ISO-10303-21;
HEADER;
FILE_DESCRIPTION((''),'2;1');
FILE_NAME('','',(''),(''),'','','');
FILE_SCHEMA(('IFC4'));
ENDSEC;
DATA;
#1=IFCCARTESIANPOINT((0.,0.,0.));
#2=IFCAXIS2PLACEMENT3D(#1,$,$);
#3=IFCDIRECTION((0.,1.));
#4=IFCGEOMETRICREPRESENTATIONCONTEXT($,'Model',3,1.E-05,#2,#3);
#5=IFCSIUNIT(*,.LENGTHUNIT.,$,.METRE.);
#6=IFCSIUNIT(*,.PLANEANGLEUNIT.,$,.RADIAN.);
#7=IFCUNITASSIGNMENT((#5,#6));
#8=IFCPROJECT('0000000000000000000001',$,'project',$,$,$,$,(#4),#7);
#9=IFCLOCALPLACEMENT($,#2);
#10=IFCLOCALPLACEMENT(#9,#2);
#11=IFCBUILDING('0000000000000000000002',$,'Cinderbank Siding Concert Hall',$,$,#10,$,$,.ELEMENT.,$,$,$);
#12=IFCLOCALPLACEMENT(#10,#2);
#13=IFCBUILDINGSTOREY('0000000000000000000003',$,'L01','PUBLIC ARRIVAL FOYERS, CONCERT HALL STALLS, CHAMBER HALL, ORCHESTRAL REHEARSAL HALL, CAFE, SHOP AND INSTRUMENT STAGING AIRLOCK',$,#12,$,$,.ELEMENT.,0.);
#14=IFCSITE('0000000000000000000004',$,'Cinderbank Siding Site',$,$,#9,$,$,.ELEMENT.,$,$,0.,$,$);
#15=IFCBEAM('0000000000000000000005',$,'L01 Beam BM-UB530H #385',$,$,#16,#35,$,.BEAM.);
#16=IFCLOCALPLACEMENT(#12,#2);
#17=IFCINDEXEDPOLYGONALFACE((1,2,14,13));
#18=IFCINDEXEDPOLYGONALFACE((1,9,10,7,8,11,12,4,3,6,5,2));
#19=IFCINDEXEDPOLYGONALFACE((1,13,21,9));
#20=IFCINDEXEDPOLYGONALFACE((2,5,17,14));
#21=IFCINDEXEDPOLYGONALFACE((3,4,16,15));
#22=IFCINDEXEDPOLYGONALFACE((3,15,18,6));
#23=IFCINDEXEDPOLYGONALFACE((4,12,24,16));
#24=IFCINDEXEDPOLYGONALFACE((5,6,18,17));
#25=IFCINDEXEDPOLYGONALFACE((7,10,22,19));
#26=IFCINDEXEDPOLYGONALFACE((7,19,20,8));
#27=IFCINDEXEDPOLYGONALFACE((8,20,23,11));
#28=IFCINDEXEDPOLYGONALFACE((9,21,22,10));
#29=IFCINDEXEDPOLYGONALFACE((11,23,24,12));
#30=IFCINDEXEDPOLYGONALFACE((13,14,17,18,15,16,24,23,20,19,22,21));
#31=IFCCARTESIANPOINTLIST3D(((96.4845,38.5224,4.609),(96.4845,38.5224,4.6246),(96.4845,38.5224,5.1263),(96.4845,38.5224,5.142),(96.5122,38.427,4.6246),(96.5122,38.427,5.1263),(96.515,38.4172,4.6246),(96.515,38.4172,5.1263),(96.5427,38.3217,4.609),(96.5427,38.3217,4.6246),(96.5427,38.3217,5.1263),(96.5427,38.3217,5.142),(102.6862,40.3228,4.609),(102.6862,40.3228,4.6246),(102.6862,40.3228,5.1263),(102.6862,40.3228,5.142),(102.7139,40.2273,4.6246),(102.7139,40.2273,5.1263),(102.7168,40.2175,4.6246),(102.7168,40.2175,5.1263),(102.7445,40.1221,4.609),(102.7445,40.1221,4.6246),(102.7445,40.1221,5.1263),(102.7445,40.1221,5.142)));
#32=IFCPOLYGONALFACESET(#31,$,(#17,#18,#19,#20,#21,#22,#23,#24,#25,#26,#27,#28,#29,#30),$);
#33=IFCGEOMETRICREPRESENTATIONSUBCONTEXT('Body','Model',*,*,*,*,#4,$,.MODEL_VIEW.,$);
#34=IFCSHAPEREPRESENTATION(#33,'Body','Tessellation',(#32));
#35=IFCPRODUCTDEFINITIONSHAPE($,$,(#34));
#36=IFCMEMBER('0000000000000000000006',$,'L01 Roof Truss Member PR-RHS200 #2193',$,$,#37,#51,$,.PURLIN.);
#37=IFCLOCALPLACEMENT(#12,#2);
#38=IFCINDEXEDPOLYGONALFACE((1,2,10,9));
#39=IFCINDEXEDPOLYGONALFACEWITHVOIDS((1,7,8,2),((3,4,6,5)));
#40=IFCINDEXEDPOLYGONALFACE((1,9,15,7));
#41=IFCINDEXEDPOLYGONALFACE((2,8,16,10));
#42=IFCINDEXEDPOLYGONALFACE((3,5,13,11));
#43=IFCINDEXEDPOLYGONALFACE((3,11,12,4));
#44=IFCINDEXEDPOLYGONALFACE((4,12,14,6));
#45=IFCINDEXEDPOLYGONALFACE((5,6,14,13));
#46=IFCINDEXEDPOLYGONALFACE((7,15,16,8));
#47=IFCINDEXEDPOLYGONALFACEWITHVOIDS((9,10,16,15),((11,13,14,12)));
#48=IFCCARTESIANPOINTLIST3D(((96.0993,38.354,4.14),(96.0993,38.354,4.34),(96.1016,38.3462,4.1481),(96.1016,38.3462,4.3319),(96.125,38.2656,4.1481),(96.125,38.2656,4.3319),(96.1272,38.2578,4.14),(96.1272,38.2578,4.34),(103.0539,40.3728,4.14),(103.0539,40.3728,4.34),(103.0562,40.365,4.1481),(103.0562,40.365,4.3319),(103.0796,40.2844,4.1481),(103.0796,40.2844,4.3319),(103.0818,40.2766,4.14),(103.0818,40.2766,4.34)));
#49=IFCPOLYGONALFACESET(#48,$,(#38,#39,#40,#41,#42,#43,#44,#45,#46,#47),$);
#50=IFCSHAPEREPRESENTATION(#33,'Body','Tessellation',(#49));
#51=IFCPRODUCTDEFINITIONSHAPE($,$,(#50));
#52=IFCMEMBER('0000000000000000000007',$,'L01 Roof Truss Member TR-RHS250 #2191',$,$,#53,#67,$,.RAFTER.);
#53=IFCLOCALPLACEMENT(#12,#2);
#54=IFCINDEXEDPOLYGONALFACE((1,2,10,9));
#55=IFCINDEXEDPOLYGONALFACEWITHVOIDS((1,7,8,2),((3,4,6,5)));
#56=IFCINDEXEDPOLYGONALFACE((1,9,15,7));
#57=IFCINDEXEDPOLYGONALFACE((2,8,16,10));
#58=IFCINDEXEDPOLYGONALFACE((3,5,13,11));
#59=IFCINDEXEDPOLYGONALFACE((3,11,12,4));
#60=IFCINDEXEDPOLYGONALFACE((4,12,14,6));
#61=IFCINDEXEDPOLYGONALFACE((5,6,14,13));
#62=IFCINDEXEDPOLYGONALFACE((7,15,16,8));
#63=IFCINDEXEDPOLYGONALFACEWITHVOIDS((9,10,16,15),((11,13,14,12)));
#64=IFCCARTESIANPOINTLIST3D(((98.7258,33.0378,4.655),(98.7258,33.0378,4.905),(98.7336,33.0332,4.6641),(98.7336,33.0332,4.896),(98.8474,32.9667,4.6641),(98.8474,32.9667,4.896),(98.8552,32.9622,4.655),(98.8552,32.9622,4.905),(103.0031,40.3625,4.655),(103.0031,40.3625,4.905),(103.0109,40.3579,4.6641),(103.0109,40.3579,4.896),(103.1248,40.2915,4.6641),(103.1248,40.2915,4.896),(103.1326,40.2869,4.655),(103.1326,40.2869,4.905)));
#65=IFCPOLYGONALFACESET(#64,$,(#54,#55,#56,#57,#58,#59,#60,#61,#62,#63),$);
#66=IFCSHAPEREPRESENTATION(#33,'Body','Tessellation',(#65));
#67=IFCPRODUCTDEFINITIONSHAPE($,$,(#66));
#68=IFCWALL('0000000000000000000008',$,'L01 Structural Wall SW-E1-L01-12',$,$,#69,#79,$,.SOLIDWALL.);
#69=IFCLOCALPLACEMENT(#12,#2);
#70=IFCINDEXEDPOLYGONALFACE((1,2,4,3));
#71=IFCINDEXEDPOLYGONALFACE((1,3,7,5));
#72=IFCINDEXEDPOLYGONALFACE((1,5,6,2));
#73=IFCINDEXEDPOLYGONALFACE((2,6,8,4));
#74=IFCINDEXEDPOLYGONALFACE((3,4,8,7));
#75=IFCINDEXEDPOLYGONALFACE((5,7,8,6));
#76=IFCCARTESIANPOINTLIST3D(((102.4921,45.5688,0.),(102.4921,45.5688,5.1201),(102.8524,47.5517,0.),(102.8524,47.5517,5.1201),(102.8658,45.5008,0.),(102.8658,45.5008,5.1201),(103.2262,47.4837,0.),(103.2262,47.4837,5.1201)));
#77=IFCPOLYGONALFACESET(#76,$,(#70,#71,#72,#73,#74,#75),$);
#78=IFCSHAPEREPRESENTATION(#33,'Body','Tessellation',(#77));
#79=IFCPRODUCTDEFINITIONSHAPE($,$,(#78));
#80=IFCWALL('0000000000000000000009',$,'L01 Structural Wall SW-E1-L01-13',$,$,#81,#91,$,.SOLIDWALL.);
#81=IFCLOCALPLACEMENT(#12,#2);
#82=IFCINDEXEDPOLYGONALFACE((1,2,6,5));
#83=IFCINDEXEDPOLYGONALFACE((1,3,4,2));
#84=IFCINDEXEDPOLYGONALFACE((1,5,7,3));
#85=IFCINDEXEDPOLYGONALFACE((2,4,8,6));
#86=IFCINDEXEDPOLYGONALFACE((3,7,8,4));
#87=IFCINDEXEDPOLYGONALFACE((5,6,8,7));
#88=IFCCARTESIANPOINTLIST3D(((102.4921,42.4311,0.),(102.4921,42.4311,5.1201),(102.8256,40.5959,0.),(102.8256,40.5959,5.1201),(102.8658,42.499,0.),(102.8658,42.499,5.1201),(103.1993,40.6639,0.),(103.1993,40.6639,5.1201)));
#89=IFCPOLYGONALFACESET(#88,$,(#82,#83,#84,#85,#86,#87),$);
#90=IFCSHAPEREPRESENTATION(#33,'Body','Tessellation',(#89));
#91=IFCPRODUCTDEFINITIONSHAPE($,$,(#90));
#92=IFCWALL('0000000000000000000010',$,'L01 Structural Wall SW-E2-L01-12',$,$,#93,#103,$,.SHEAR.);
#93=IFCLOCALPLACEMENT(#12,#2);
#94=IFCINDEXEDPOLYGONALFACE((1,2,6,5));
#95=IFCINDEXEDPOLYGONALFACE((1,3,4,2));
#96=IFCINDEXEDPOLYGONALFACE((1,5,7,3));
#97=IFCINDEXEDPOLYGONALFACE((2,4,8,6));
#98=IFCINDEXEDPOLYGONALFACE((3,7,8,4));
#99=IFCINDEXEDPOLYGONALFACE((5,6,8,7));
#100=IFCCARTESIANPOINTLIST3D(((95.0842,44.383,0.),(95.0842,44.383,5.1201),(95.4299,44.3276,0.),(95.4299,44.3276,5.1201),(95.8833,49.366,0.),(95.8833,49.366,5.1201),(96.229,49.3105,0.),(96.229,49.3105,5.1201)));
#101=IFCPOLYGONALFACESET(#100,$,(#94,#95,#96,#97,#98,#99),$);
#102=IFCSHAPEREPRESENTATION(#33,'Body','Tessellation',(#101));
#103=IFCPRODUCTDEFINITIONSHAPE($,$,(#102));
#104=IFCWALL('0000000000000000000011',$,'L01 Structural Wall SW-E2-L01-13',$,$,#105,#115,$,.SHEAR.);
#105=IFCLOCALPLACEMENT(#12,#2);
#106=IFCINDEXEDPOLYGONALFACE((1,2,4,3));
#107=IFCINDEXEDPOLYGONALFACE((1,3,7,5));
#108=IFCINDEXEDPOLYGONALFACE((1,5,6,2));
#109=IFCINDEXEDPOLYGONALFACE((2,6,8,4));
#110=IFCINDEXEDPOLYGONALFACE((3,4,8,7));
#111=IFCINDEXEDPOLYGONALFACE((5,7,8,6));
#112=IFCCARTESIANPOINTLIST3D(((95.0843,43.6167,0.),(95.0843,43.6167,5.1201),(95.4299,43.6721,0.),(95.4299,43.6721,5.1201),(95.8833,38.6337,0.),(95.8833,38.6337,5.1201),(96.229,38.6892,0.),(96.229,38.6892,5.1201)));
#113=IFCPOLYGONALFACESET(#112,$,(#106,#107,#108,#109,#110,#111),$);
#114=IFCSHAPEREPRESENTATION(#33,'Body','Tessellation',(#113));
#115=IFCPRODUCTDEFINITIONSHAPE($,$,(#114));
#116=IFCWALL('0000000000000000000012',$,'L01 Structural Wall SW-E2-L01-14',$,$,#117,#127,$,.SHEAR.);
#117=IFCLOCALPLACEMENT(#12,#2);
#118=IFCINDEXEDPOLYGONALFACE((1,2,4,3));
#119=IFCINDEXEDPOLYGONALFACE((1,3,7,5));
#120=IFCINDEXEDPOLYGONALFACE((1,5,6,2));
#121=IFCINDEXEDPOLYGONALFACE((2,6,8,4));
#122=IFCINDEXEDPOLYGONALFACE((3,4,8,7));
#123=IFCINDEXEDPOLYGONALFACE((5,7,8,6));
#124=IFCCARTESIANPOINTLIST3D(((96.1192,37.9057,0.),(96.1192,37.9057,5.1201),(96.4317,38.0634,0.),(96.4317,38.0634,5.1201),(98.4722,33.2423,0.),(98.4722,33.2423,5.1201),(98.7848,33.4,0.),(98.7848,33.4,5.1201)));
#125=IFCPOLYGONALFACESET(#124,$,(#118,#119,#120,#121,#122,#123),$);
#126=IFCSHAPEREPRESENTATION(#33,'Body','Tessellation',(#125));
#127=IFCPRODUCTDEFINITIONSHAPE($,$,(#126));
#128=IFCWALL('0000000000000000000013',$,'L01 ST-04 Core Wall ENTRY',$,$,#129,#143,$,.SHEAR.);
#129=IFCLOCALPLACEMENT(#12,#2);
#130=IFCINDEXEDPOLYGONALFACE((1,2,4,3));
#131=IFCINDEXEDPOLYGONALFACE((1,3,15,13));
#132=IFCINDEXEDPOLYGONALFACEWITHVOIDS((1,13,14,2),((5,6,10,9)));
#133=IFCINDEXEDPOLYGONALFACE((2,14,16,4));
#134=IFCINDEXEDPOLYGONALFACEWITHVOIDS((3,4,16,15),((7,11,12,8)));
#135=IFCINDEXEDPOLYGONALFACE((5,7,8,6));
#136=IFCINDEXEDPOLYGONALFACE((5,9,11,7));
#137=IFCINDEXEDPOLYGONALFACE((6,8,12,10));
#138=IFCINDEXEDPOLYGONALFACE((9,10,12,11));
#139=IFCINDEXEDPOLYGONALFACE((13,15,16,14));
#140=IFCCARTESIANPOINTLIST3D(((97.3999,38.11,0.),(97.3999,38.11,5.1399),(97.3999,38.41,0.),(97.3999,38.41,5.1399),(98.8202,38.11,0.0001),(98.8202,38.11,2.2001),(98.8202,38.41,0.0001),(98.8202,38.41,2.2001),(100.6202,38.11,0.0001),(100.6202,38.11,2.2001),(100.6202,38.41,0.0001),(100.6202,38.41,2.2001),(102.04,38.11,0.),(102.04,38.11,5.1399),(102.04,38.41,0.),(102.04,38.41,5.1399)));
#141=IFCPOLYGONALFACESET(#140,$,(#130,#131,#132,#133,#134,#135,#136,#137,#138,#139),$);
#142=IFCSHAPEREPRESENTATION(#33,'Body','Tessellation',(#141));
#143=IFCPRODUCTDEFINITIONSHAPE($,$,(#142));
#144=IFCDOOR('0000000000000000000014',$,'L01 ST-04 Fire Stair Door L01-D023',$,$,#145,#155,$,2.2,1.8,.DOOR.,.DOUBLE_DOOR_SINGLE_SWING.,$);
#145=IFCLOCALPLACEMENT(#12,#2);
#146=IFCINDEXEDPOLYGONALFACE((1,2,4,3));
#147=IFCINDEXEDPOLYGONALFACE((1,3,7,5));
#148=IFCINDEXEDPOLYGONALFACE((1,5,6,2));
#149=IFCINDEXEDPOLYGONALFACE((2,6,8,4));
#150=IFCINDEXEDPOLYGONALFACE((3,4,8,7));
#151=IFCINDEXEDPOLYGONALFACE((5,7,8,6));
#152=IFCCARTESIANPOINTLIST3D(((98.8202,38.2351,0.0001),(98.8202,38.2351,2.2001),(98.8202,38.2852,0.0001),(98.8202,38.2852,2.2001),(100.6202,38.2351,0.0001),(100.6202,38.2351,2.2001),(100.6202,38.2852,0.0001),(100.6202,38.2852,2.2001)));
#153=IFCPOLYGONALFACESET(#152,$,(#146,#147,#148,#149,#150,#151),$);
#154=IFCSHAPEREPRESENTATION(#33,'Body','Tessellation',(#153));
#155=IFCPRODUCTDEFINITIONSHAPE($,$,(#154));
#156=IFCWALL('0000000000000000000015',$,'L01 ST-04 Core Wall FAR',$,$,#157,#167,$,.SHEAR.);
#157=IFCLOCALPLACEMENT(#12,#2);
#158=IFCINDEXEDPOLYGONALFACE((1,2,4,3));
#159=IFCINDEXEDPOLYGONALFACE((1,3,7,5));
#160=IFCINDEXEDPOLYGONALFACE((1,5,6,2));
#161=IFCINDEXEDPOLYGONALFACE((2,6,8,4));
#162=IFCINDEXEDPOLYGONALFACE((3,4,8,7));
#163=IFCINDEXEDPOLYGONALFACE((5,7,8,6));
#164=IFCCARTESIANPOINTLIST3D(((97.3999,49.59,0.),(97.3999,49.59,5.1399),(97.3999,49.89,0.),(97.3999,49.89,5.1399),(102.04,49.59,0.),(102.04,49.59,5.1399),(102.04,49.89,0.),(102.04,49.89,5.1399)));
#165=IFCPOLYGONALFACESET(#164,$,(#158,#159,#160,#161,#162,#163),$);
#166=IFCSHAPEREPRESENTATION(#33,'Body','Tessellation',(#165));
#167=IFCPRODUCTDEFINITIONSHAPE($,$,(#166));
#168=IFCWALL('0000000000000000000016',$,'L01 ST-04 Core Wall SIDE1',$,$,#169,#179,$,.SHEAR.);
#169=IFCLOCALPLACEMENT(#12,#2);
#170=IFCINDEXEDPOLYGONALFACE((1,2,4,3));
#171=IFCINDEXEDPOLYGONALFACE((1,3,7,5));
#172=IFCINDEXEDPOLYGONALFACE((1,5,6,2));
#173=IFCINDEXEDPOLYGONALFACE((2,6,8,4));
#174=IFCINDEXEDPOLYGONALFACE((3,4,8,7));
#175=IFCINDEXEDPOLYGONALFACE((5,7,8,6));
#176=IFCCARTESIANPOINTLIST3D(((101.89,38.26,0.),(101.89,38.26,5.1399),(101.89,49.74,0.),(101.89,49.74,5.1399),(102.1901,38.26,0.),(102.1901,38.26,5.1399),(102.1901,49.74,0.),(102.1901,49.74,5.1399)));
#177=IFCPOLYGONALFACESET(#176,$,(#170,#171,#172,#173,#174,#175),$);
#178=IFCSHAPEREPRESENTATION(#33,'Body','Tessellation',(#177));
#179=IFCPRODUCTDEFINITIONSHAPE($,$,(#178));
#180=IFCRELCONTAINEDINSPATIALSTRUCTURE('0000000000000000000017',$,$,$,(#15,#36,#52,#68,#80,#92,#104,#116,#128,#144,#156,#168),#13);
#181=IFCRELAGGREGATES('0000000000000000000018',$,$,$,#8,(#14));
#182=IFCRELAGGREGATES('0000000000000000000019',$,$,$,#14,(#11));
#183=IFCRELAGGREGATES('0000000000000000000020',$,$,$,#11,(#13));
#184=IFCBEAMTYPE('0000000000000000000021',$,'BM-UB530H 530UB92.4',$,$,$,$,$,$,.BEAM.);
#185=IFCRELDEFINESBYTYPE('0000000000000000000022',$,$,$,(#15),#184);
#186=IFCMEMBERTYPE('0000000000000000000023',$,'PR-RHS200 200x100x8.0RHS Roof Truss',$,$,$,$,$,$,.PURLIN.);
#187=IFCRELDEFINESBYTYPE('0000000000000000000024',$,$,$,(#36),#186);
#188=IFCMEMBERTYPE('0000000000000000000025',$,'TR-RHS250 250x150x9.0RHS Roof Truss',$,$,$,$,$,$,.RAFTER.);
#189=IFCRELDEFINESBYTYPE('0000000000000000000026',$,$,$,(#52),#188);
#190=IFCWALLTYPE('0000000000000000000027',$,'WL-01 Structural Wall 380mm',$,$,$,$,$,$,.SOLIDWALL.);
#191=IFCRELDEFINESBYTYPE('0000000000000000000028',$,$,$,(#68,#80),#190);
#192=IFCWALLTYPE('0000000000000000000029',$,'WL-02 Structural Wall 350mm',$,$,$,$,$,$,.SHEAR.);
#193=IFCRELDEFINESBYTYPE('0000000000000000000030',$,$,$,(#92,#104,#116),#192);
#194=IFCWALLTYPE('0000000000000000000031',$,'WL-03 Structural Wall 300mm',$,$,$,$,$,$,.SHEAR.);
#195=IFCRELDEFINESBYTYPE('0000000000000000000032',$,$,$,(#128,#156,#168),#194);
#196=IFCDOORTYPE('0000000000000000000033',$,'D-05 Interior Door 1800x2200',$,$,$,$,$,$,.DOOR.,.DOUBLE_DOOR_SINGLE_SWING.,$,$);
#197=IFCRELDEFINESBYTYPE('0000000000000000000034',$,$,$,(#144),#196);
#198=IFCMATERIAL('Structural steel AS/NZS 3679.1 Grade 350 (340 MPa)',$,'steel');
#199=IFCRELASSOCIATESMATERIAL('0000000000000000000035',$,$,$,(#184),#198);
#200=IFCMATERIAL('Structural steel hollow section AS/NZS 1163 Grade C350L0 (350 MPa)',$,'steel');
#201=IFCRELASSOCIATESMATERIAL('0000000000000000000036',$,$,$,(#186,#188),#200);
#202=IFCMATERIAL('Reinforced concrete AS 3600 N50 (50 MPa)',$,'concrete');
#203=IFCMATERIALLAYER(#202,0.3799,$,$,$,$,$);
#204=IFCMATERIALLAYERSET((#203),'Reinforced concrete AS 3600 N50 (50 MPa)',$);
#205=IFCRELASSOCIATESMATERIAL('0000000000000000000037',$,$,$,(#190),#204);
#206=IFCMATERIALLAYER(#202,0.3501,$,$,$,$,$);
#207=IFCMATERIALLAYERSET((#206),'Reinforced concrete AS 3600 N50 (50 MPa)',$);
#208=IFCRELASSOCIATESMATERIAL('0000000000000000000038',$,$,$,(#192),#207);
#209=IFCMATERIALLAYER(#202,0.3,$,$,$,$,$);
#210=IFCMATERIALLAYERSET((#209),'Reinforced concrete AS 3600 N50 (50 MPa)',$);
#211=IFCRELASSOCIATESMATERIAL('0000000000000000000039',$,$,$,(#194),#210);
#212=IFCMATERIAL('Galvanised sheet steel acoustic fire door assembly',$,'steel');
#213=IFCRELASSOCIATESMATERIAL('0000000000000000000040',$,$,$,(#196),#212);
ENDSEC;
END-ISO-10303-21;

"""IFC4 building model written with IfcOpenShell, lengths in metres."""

from ifc_helpers import new_model, si_unit, direction, frame, frame_2d, origin, origin_2d, place, context, subcontext, project, spatial, rectangle, hollow_rectangle, i_section, extrude, material, layer, layer_set, material_profile, profile_set, type_object, element, fill, save


model = new_model("IFC4")

# Units and contexts
model_context = context("Model", 3, precision=1e-05, world=origin(), true_north=direction((0.0, 1.0)))
body_context = subcontext(model_context, "Body", "Model", "MODEL_VIEW")
ifc_project = project(units=[si_unit("LENGTHUNIT", "METRE"), si_unit("PLANEANGLEUNIT", "RADIAN")], contexts=[model_context])

# Site, building, storey
site_placement = place(None, origin())
site = spatial("IfcSite", under=ifc_project, at=site_placement, Name="Cinderbank Siding Site", CompositionType="ELEMENT", RefElevation=0.0)
building_placement = place(site_placement, origin())
building = spatial("IfcBuilding", under=site, at=building_placement, Name="Cinderbank Siding Concert Hall", CompositionType="ELEMENT")
storey_placement = place(building_placement, origin())
storey = spatial("IfcBuildingStorey", under=building, at=storey_placement, Name="L01", Description="PUBLIC ARRIVAL FOYERS, CONCERT HALL STALLS, CHAMBER HALL, ORCHESTRAL REHEARSAL HALL, CAFE, SHOP AND INSTRUMENT STAGING AIRLOCK", CompositionType="ELEMENT", Elevation=0.0)

# Shared definitions
ifc_material_1 = material(Name="Reinforced concrete AS 3600 N50 (50 MPa)", Category="concrete")

# Beam
ifc_material_2 = material(Name="Structural steel AS/NZS 3679.1 Grade 350 (340 MPa)", Category="steel")
ifc_material_profile_1 = material_profile(ifc_material_2, i_section(OverallWidth=0.209, OverallDepth=0.533, WebThickness=0.0103, FlangeThickness=0.0156, at=origin_2d()), Name="530UB92.4", Category="LoadBearing")
ifc_profile_set_1 = profile_set([ifc_material_profile_1], Name="Structural steel AS/NZS 3679.1 Grade 350 (340 MPa)")
beam_type_1 = type_object("IfcBeamType", Name="BM-UB530H 530UB92.4", PredefinedType="BEAM", material=ifc_profile_set_1)
beam_placement = place(storey_placement, frame((102.7153, 40.2224, 4.8755), z_axis=(-0.960354, -0.278783, 0.0), x_axis=(0.278783, -0.960354, 0.0)))
element("IfcBeam", 1, at=beam_placement, inside=storey, type_object=beam_type_1, Name="L01 Beam BM-UB530H #385", PredefinedType="BEAM", context=body_context, shape_type="SweptSolid", body=[
    extrude(i_section(OverallWidth=0.209, OverallDepth=0.533, WebThickness=0.0103, FlangeThickness=0.0156, at=origin_2d()), origin(), (0.0, 0.0, 1.0), 6.4578),
])

# Members
ifc_material_3 = material(Name="Structural steel hollow section AS/NZS 1163 Grade C350L0 (350 MPa)", Category="steel")
ifc_material_profile_2 = material_profile(ifc_material_3, hollow_rectangle(XDim=0.1001, YDim=0.2, WallThickness=0.0081, at=origin_2d()), Name="200x100x8.0RHS", Category="LoadBearing")
ifc_profile_set_2 = profile_set([ifc_material_profile_2], Name="Structural steel hollow section AS/NZS 1163 Grade C350L0 (350 MPa)")
member_type_1 = type_object("IfcMemberType", Name="PR-RHS200 200x100x8.0RHS Roof Truss", PredefinedType="PURLIN", material=ifc_profile_set_2)
member_1_placement = place(storey_placement, frame((103.0679, 40.3247, 4.24), z_axis=(-0.960356, -0.278775, 0.0), x_axis=(0.278775, -0.960356, 0.0)))
element("IfcMember", 2, at=member_1_placement, inside=storey, type_object=member_type_1, Name="L01 Roof Truss Member PR-RHS200 #2193", PredefinedType="PURLIN", context=body_context, shape_type="SweptSolid", body=[
    extrude(hollow_rectangle(XDim=0.1001, YDim=0.2, WallThickness=0.0081, at=origin_2d()), origin(), (0.0, 0.0, 1.0), 7.2417),
])
ifc_material_profile_3 = material_profile(ifc_material_3, hollow_rectangle(XDim=0.1499, YDim=0.25, WallThickness=0.009, at=origin_2d()), Name="250x150x9.0RHS", Category="LoadBearing")
ifc_profile_set_3 = profile_set([ifc_material_profile_3], Name="Structural steel hollow section AS/NZS 1163 Grade C350L0 (350 MPa)")
member_type_2 = type_object("IfcMemberType", Name="TR-RHS250 250x150x9.0RHS Roof Truss", PredefinedType="RAFTER", material=ifc_profile_set_3)
member_2_placement = place(storey_placement, frame((103.0679, 40.3247, 4.78), z_axis=(-0.504275, -0.863543, 0.0), x_axis=(0.863543, -0.504275, 0.0)))
element("IfcMember", 3, at=member_2_placement, inside=storey, type_object=member_type_2, Name="L01 Roof Truss Member TR-RHS250 #2191", PredefinedType="RAFTER", context=body_context, shape_type="SweptSolid", body=[
    extrude(hollow_rectangle(XDim=0.1499, YDim=0.25, WallThickness=0.009, at=origin_2d()), origin(), (0.0, 0.0, 1.0), 8.4822),
])

# Walls
ifc_layer_1 = layer(ifc_material_1, 0.3799)
ifc_layer_set_1 = layer_set([ifc_layer_1], Name="Reinforced concrete AS 3600 N50 (50 MPa)")
wall_type_1 = type_object("IfcWallType", Name="WL-01 Structural Wall 380mm", PredefinedType="SOLIDWALL", material=ifc_layer_set_1)
wall_1_placement = place(storey_placement, frame((103.0393, 47.5178, 0.0), z_axis=(0.0, 0.0, 1.0), x_axis=(-0.1788, -0.983885, 0.0)))
element("IfcWall", 4, at=wall_1_placement, inside=storey, type_object=wall_type_1, Name="L01 Structural Wall SW-E1-L01-12", PredefinedType="SOLIDWALL", context=body_context, shape_type="SweptSolid", body=[
    extrude(rectangle(XDim=2.0154, YDim=0.3799, at=frame_2d((1.0078, 0.0))), origin(), (0.0, 0.0, 1.0), 5.1201),
])
wall_2_placement = place(storey_placement, frame((102.679, 42.4651, 0.0), z_axis=(0.0, 0.0, 1.0), x_axis=(0.178793, -0.983887, 0.0)))
element("IfcWall", 5, at=wall_2_placement, inside=storey, type_object=wall_type_1, Name="L01 Structural Wall SW-E1-L01-13", PredefinedType="SOLIDWALL", context=body_context, shape_type="SweptSolid", body=[
    extrude(rectangle(XDim=1.8652, YDim=0.3799, at=frame_2d((0.9326, 0.0))), origin(), (0.0, 0.0, 1.0), 5.1201),
])
ifc_layer_2 = layer(ifc_material_1, 0.3501)
ifc_layer_set_2 = layer_set([ifc_layer_2], Name="Reinforced concrete AS 3600 N50 (50 MPa)")
wall_type_2 = type_object("IfcWallType", Name="WL-02 Structural Wall 350mm", PredefinedType="SHEAR", material=ifc_layer_set_2)
for number, where, z_axis, x_axis, name in (
    (6, (96.0562, 49.3384, 0.0), (0.0, 0.0, 1.0), (-0.15834, -0.987385, 0.0), "L01 Structural Wall SW-E2-L01-12"),
    (7, (95.2571, 43.6445, 0.0), (0.0, 0.0, 1.0), (0.15834, -0.987385, 0.0), "L01 Structural Wall SW-E2-L01-13"),
):
    element("IfcWall", number, at=place(storey_placement, frame(where, z_axis=z_axis, x_axis=x_axis)), inside=storey, type_object=wall_type_2, Name=name, PredefinedType="SHEAR", context=body_context, shape_type="SweptSolid", body=[
        extrude(rectangle(XDim=5.0466, YDim=0.3501, at=frame_2d((2.5234, 0.0))), origin(), (0.0, 0.0, 1.0), 5.1201),
    ])
wall_3_placement = place(storey_placement, frame((96.2754, 37.9846, 0.0), z_axis=(0.0, 0.0, 1.0), x_axis=(0.450482, -0.892785, 0.0)))
element("IfcWall", 8, at=wall_3_placement, inside=storey, type_object=wall_type_2, Name="L01 Structural Wall SW-E2-L01-14", PredefinedType="SHEAR", context=body_context, shape_type="SweptSolid", body=[
    extrude(rectangle(XDim=5.2234, YDim=0.3501, at=frame_2d((2.6118, 0.0))), origin(), (0.0, 0.0, 1.0), 5.1201),
])

# Wall, opening, door
ifc_layer_3 = layer(ifc_material_1, 0.3)
ifc_layer_set_3 = layer_set([ifc_layer_3], Name="Reinforced concrete AS 3600 N50 (50 MPa)")
wall_type_3 = type_object("IfcWallType", Name="WL-03 Structural Wall 300mm", PredefinedType="SHEAR", material=ifc_layer_set_3)
wall_4_placement = place(storey_placement, frame((102.04, 38.26, 0.0), z_axis=(0.0, 0.0, 1.0), x_axis=(-1.0, 0.0, 0.0)))
wall_4 = element("IfcWall", 9, at=wall_4_placement, inside=storey, type_object=wall_type_3, Name="L01 ST-04 Core Wall ENTRY", PredefinedType="SHEAR", context=body_context, shape_type="SweptSolid", body=[
    extrude(rectangle(XDim=4.6401, YDim=0.3, at=frame_2d((2.3201, 0.0))), origin(), (0.0, 0.0, 1.0), 5.1399),
])
opening_placement = place(wall_4_placement, frame((1.4199, 0.0, 0.0)))
opening = element("IfcOpeningElement", 10, at=opening_placement, cuts=wall_4, PredefinedType="OPENING", context=body_context, shape_type="SweptSolid", body=[
    extrude(rectangle(XDim=1.8, YDim=2.2, at=frame_2d((0.8999, 1.1001))), frame((0.0, 0.1621, 0.0), z_axis=(0.0, -1.0, 0.0), x_axis=(1.0, 0.0, 0.0)), (0.0, 0.0, 1.0), 0.324),
])
ifc_material_4 = material(Name="Galvanised sheet steel acoustic fire door assembly", Category="steel")
door_type = type_object("IfcDoorType", Name="D-05 Interior Door 1800x2200", OperationType="DOUBLE_DOOR_SINGLE_SWING", PredefinedType="DOOR", material=ifc_material_4)
door_placement = place(opening_placement, origin())
door = element("IfcDoor", 11, at=door_placement, inside=storey, type_object=door_type, Name="L01 ST-04 Fire Stair Door L01-D023", OperationType="DOUBLE_DOOR_SINGLE_SWING", OverallHeight=2.2, OverallWidth=1.8, PredefinedType="DOOR", context=body_context, shape_type="SweptSolid", body=[
    extrude(rectangle(XDim=1.8, YDim=2.2, at=frame_2d((0.8999, 1.1001))), frame((0.0, 0.0249, 0.0), z_axis=(0.0, -1.0, 0.0), x_axis=(1.0, 0.0, 0.0)), (0.0, 0.0, 1.0), 0.05),
])
fill(opening, door)

# Walls
wall_5_placement = place(storey_placement, frame((97.3999, 49.74, 0.0), z_axis=(0.0, 0.0, 1.0), x_axis=(1.0, 0.0, 0.0)))
element("IfcWall", 12, at=wall_5_placement, inside=storey, type_object=wall_type_3, Name="L01 ST-04 Core Wall FAR", PredefinedType="SHEAR", context=body_context, shape_type="SweptSolid", body=[
    extrude(rectangle(XDim=4.6401, YDim=0.3, at=frame_2d((2.3201, 0.0))), origin(), (0.0, 0.0, 1.0), 5.1399),
])
for number, where, z_axis, x_axis, name in (
    (13, (102.04, 49.74, 0.0), (0.0, 0.0, 1.0), (0.0, -1.0, 0.0), "L01 ST-04 Core Wall SIDE1"),
):
    element("IfcWall", number, at=place(storey_placement, frame(where, z_axis=z_axis, x_axis=x_axis)), inside=storey, type_object=wall_type_3, Name=name, PredefinedType="SHEAR", context=body_context, shape_type="SweptSolid", body=[
        extrude(rectangle(XDim=11.48, YDim=0.3, at=frame_2d((5.74, 0.0))), origin(), (0.0, 0.0, 1.0), 5.1399),
    ])

save(model, "model.ifc")
